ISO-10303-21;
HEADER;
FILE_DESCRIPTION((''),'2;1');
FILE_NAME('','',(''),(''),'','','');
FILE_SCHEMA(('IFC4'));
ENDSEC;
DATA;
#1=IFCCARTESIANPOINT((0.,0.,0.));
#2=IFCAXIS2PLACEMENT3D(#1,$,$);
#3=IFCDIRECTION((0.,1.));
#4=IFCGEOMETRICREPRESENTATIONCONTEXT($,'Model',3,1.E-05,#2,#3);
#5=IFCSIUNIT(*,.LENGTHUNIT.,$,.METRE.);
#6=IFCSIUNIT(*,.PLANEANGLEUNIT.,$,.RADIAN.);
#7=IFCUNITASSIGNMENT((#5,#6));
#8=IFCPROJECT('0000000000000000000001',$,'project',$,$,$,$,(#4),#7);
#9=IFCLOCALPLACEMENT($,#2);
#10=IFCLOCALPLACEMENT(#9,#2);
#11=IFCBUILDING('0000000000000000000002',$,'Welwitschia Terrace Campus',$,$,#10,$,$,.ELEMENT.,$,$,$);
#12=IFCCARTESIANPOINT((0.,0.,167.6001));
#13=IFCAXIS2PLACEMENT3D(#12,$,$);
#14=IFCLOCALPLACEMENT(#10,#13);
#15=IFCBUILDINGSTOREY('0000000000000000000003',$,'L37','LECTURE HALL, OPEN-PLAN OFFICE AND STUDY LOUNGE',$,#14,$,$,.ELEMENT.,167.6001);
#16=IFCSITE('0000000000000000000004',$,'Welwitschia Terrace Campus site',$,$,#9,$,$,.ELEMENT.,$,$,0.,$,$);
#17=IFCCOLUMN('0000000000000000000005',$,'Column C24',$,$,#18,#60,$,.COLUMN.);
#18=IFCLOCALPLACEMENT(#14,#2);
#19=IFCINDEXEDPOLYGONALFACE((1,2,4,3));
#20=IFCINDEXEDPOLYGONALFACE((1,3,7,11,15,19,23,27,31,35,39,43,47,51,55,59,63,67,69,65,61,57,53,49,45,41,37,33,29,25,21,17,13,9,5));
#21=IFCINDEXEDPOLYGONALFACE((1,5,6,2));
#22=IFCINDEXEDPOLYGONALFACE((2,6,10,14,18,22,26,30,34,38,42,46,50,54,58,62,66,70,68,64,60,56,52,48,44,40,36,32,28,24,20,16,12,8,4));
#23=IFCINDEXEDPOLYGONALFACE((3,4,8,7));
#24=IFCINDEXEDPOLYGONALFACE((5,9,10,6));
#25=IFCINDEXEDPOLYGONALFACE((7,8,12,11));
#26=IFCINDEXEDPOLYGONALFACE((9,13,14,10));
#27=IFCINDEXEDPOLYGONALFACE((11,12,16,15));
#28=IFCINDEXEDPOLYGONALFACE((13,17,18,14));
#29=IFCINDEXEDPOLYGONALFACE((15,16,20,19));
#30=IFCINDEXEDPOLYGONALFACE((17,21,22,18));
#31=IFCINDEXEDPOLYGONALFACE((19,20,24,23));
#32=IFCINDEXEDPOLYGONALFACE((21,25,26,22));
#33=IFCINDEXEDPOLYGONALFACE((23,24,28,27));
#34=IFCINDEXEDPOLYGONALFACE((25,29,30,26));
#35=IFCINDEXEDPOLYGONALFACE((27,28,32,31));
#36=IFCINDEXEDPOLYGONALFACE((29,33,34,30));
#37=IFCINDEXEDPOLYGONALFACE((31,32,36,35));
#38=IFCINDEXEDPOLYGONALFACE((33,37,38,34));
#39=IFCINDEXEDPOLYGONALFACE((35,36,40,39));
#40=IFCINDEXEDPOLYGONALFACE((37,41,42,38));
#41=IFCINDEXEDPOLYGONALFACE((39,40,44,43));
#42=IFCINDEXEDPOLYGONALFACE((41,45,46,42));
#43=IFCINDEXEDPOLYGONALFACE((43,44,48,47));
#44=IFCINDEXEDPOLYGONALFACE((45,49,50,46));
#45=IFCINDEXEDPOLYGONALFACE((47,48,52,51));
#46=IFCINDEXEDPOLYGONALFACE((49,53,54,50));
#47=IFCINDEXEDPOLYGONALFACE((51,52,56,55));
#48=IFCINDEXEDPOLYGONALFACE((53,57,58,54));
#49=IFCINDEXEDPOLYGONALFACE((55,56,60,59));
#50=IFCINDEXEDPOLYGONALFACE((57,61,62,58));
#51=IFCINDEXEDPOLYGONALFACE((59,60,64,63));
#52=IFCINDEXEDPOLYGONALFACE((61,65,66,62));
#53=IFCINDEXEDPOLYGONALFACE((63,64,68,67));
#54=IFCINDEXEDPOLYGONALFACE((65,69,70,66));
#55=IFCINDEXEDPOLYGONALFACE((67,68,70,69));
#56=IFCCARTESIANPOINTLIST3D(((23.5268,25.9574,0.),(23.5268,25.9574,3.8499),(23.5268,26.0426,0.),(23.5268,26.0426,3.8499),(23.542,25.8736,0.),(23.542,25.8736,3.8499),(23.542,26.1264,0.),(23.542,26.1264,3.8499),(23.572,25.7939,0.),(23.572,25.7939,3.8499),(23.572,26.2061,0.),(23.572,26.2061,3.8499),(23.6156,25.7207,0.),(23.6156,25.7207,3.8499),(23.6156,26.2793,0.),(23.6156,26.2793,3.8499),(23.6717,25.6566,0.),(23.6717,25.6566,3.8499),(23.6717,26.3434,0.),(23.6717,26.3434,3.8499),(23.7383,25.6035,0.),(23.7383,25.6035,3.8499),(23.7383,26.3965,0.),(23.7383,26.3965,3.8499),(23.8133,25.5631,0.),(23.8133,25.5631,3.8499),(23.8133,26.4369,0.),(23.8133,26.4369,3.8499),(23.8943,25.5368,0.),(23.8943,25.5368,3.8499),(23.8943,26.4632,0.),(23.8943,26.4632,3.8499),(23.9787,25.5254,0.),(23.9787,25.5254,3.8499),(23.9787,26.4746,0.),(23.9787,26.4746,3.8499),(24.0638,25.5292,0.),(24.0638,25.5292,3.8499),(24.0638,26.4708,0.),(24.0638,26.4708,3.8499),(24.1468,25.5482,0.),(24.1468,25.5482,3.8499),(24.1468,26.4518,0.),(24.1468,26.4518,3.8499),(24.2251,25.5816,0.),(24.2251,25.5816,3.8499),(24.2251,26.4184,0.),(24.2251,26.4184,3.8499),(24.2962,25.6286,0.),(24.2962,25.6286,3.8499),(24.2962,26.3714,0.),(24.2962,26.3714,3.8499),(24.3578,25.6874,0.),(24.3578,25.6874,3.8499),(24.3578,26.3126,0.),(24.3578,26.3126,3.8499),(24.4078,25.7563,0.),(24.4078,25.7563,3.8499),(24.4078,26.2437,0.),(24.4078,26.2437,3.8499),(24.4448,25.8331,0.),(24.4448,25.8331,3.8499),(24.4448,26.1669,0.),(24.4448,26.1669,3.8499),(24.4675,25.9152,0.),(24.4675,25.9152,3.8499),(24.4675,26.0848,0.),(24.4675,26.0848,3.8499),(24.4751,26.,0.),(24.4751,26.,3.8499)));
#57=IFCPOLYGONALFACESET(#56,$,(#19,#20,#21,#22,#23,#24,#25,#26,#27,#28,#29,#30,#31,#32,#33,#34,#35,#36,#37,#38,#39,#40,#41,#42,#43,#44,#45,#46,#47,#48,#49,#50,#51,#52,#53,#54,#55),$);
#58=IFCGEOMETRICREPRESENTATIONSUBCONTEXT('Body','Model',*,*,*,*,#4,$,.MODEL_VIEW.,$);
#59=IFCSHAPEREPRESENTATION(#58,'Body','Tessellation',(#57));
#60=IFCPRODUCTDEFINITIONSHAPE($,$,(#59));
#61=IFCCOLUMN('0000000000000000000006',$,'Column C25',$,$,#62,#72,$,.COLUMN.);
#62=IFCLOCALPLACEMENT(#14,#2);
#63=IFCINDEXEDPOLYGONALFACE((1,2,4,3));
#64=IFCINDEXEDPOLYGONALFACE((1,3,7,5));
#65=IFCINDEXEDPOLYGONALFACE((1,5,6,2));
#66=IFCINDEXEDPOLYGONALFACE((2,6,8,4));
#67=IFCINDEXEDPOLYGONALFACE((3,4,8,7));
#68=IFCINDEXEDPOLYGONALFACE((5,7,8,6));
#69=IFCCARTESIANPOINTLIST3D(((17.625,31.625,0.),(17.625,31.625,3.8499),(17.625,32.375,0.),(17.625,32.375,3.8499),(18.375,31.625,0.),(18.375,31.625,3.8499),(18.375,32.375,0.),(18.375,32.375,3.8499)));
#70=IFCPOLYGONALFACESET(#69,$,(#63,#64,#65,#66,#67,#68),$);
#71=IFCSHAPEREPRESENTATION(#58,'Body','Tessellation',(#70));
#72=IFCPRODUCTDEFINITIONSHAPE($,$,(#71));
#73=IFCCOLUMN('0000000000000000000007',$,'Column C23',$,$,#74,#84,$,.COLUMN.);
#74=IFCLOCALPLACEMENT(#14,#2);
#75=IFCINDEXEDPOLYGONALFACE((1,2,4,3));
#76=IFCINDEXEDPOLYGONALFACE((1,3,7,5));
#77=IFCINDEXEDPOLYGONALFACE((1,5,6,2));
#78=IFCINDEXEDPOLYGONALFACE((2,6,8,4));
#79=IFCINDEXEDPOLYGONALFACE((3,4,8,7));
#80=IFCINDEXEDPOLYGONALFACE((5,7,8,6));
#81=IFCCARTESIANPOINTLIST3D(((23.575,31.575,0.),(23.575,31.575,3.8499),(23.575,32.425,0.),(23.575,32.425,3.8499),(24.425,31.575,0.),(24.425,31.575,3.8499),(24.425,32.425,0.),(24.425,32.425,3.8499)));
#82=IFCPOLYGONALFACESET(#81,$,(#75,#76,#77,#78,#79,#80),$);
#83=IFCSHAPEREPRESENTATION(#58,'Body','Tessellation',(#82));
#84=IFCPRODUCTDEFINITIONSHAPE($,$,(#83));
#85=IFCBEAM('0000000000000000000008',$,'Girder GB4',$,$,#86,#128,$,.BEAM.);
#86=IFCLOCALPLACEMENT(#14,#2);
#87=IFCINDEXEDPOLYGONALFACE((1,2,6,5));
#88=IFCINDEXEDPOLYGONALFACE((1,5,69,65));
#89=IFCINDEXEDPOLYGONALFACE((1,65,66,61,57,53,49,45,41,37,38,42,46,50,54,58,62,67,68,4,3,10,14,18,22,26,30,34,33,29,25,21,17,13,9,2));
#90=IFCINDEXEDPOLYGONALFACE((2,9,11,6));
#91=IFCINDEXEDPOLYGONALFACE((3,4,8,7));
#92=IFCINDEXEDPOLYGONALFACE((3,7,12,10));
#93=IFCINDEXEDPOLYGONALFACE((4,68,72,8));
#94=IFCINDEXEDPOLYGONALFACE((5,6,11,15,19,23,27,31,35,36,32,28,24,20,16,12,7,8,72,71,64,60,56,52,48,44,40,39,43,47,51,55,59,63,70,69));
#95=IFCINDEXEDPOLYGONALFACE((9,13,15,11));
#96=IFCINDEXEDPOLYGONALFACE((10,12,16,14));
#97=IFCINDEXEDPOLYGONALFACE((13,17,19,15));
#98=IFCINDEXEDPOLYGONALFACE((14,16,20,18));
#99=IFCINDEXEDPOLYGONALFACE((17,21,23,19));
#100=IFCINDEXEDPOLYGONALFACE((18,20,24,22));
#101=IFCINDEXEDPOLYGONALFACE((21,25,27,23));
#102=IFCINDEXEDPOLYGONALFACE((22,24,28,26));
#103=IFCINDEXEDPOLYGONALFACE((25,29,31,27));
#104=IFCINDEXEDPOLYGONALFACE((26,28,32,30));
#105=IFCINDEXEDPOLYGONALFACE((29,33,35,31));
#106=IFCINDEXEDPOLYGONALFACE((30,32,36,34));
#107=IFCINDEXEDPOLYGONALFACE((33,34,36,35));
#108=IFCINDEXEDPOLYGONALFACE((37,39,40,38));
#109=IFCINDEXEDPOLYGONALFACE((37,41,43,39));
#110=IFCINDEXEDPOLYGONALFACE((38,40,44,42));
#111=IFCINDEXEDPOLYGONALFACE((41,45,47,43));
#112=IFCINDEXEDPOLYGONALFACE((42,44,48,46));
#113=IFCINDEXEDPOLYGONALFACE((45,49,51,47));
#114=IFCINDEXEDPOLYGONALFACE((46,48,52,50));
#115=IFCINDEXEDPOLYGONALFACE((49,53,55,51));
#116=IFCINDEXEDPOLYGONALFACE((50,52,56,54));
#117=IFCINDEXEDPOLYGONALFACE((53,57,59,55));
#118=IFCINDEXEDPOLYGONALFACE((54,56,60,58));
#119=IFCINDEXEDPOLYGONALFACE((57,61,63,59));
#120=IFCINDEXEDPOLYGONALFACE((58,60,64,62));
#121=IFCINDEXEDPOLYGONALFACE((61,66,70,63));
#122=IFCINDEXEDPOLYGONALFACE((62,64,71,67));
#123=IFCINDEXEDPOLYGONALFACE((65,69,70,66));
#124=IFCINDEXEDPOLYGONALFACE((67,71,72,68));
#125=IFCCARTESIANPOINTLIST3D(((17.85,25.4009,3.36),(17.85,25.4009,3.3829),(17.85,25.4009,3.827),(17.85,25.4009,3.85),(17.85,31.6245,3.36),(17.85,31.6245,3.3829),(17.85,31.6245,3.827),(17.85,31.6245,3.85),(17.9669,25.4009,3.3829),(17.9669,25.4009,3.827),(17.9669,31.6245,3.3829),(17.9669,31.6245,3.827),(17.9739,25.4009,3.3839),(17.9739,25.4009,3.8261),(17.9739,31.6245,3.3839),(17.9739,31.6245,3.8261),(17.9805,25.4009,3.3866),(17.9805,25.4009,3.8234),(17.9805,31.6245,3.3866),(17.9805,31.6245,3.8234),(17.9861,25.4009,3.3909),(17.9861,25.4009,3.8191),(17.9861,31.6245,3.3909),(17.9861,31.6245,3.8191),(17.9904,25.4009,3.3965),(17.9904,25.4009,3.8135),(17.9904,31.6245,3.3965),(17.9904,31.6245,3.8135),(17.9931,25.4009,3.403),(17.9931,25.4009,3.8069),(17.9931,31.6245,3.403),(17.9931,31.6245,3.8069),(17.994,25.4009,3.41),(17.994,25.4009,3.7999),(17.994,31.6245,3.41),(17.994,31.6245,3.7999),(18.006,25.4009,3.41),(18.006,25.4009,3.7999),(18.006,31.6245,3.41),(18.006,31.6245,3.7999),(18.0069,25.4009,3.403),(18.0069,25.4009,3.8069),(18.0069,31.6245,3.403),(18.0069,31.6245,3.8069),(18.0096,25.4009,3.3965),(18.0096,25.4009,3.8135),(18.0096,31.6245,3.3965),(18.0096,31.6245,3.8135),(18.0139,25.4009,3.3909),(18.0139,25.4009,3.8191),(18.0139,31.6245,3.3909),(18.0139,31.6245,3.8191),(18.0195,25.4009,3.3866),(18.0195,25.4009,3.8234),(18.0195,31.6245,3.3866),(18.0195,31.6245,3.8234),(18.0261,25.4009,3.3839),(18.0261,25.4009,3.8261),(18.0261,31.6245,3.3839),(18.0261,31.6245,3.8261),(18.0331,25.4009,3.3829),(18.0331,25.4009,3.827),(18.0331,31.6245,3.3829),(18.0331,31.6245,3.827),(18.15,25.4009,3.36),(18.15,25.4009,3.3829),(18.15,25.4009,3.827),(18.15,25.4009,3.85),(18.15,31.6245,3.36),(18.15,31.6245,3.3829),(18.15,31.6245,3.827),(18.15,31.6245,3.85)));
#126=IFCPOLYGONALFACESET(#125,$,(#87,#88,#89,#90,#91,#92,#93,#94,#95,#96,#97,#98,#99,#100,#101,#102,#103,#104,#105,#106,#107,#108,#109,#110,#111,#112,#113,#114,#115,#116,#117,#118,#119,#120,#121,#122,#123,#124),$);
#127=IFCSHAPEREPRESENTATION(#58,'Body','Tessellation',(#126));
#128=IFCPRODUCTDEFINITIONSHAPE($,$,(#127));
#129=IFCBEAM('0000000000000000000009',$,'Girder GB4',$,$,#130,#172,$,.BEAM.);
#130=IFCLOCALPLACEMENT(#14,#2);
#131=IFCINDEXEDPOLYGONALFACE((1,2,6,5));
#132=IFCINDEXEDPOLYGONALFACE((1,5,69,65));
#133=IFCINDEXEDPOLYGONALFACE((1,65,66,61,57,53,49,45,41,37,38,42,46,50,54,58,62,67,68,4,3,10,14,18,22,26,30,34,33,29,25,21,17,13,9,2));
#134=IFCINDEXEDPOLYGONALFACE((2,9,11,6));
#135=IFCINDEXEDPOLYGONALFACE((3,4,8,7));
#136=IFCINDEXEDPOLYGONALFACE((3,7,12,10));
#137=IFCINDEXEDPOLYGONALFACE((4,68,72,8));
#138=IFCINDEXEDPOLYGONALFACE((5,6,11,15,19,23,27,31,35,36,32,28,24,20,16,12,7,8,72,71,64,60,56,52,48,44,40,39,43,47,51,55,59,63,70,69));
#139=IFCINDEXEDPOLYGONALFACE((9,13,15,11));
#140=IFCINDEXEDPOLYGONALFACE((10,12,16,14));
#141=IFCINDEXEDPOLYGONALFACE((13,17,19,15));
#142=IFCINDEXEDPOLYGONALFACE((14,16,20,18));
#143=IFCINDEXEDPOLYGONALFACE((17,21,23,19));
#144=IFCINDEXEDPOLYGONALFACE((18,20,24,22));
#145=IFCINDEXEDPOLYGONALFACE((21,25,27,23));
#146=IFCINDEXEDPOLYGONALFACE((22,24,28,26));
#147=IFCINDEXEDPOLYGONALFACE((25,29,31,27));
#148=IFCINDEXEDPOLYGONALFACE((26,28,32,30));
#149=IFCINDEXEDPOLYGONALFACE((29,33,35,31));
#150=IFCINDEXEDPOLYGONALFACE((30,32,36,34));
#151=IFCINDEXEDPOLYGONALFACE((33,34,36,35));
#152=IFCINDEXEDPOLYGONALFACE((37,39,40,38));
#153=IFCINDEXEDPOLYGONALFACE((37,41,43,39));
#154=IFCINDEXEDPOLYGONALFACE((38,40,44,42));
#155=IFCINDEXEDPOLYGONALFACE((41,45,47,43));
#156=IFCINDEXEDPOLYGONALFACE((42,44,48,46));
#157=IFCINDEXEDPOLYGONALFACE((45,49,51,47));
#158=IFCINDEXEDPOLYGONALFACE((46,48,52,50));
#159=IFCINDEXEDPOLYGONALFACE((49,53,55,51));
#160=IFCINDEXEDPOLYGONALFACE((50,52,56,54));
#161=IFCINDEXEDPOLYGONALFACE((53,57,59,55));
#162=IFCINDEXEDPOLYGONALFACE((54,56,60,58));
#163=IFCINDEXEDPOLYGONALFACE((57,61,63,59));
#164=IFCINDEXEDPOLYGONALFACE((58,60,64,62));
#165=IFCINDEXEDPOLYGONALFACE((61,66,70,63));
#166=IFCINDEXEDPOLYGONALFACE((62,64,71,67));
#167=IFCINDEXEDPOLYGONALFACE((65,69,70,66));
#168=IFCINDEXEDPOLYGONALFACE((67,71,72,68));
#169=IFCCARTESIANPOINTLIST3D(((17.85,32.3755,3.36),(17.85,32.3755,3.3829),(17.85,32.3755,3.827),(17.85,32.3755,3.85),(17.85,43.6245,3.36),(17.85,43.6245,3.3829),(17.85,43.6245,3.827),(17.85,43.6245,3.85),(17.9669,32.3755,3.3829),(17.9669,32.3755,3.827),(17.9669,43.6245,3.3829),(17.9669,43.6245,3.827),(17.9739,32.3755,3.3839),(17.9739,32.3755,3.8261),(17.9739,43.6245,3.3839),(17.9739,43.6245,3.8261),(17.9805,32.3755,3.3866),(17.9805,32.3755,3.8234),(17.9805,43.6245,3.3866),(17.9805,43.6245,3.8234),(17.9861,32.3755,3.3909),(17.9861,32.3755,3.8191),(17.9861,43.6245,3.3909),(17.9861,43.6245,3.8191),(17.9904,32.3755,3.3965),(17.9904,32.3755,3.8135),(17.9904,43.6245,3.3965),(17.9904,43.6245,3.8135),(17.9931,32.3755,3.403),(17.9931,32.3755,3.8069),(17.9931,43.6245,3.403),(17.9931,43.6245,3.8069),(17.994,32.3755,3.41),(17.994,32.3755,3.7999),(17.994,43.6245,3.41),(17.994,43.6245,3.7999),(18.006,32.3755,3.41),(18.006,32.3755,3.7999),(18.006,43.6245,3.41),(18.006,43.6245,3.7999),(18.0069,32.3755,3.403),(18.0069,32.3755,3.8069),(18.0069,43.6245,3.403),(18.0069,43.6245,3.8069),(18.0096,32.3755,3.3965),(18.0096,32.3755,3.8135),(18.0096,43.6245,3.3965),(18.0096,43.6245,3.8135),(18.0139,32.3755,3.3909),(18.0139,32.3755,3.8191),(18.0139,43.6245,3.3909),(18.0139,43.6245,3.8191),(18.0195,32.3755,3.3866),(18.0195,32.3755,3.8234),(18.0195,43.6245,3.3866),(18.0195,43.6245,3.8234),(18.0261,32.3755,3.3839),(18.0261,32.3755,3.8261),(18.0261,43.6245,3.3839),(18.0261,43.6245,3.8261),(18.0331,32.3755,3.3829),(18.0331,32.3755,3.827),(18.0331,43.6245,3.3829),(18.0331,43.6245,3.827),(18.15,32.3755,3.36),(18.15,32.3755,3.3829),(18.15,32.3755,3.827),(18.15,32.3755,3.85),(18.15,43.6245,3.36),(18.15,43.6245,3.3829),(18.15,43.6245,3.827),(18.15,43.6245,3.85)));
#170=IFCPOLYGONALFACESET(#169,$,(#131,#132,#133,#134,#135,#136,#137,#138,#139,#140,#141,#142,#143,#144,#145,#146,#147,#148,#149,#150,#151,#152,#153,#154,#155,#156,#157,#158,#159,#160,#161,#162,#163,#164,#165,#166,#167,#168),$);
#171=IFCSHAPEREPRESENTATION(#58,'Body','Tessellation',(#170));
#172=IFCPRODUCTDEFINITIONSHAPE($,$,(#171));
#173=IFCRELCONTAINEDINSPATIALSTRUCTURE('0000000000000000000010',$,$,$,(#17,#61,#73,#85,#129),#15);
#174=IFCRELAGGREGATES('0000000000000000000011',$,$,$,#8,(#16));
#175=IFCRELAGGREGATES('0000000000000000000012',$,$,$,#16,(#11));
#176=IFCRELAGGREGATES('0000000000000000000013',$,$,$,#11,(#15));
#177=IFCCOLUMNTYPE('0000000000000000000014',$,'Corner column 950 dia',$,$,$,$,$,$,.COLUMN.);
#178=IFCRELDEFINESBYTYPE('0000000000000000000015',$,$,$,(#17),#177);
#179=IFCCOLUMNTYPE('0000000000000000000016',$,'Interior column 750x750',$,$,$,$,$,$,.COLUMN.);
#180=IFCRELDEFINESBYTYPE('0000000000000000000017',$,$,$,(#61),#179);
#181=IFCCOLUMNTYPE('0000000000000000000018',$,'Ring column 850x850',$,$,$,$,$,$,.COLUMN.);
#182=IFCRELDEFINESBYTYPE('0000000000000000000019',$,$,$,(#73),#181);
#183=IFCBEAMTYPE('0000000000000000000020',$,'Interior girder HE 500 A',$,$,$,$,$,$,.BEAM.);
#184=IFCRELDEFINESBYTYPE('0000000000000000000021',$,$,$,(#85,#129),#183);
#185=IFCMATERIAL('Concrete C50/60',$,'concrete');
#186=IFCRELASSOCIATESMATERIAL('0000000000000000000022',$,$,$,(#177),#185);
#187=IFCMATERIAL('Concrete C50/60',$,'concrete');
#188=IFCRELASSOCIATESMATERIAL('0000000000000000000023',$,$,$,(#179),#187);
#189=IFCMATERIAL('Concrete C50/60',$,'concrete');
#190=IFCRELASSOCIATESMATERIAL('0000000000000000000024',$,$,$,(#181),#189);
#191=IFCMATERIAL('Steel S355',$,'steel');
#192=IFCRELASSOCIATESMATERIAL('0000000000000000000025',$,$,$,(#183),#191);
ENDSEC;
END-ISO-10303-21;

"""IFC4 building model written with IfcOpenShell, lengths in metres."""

from ifc_helpers import new_model, si_unit, direction, frame, origin, origin_2d, place, context, subcontext, project, spatial, rectangle, circle, i_section, extrude, material, material_profile, profile_set, type_object, element, save


model = new_model("IFC4")

# Units and contexts
model_context = context("Model", 3, precision=1e-05, world=origin(), true_north=direction((0.0, 1.0)))
body_context = subcontext(model_context, "Body", "Model", "MODEL_VIEW")
ifc_project = project(units=[si_unit("LENGTHUNIT", "METRE"), si_unit("PLANEANGLEUNIT", "RADIAN")], contexts=[model_context])

# Site, building, storey
site_placement = place(None, origin())
site = spatial("IfcSite", under=ifc_project, at=site_placement, Name="Welwitschia Terrace Campus site", CompositionType="ELEMENT", RefElevation=0.0)
building_placement = place(site_placement, origin())
building = spatial("IfcBuilding", under=site, at=building_placement, Name="Welwitschia Terrace Campus", CompositionType="ELEMENT")
storey_placement = place(building_placement, frame((0.0, 0.0, 167.6001)))
storey = spatial("IfcBuildingStorey", under=building, at=storey_placement, Name="L37", Description="LECTURE HALL, OPEN-PLAN OFFICE AND STUDY LOUNGE", CompositionType="ELEMENT", Elevation=167.6001)

# Columns
ifc_material_1 = material(Name="Concrete C50/60", Category="concrete")
ifc_material_profile_1 = material_profile(ifc_material_1, circle(Radius=0.4751, at=origin_2d()))
ifc_profile_set_1 = profile_set([ifc_material_profile_1], Name="Concrete C50/60")
column_type_1 = type_object("IfcColumnType", Name="Corner column 950 dia", PredefinedType="COLUMN", material=ifc_profile_set_1)
column_1_placement = place(storey_placement, frame((24.0, 26.0, 0.0), z_axis=(0.0, 0.0, 1.0), x_axis=(1.0, 0.0, 0.0)))
element("IfcColumn", 1, at=column_1_placement, inside=storey, type_object=column_type_1, Name="Column C24", PredefinedType="COLUMN", context=body_context, shape_type="SweptSolid", body=[
    extrude(circle(Radius=0.4751, at=origin_2d()), origin(), (0.0, 0.0, 1.0), 3.8499),
])
ifc_material_2 = material(Name="Concrete C50/60", Category="concrete")
ifc_material_profile_2 = material_profile(ifc_material_2, rectangle(XDim=0.75, YDim=0.75, at=origin_2d()))
ifc_profile_set_2 = profile_set([ifc_material_profile_2], Name="Concrete C50/60")
column_type_2 = type_object("IfcColumnType", Name="Interior column 750x750", PredefinedType="COLUMN", material=ifc_profile_set_2)
column_2_placement = place(storey_placement, frame((18.0, 32.0, 0.0), z_axis=(0.0, 0.0, 1.0), x_axis=(1.0, 0.0, 0.0)))
element("IfcColumn", 2, at=column_2_placement, inside=storey, type_object=column_type_2, Name="Column C25", PredefinedType="COLUMN", context=body_context, shape_type="SweptSolid", body=[
    extrude(rectangle(XDim=0.75, YDim=0.75, at=origin_2d()), origin(), (0.0, 0.0, 1.0), 3.8499),
])
ifc_material_3 = material(Name="Concrete C50/60", Category="concrete")
ifc_material_profile_3 = material_profile(ifc_material_3, rectangle(XDim=0.8501, YDim=0.8501, at=origin_2d()))
ifc_profile_set_3 = profile_set([ifc_material_profile_3], Name="Concrete C50/60")
column_type_3 = type_object("IfcColumnType", Name="Ring column 850x850", PredefinedType="COLUMN", material=ifc_profile_set_3)
column_3_placement = place(storey_placement, frame((24.0, 32.0, 0.0), z_axis=(0.0, 0.0, 1.0), x_axis=(1.0, 0.0, 0.0)))
element("IfcColumn", 3, at=column_3_placement, inside=storey, type_object=column_type_3, Name="Column C23", PredefinedType="COLUMN", context=body_context, shape_type="SweptSolid", body=[
    extrude(rectangle(XDim=0.8501, YDim=0.8501, at=origin_2d()), origin(), (0.0, 0.0, 1.0), 3.8499),
])

# Beams
ifc_material_4 = material(Name="Steel S355", Category="steel")
ifc_material_profile_4 = material_profile(ifc_material_4, i_section(OverallWidth=0.3, OverallDepth=0.49, WebThickness=0.012, FlangeThickness=0.0229, FilletRadius=0.0271, at=origin_2d()))
ifc_profile_set_4 = profile_set([ifc_material_profile_4], Name="Steel S355")
beam_type_1 = type_object("IfcBeamType", Name="Interior girder HE 500 A", PredefinedType="BEAM", material=ifc_profile_set_4)
beam_1_placement = place(storey_placement, frame((18.0, 25.4009, 3.605), z_axis=(0.0, 1.0, 0.0), x_axis=(-1.0, 0.0, 0.0)))
element("IfcBeam", 4, at=beam_1_placement, inside=storey, type_object=beam_type_1, Name="Girder GB4", PredefinedType="BEAM", context=body_context, shape_type="SweptSolid", body=[
    extrude(i_section(OverallWidth=0.3, OverallDepth=0.49, WebThickness=0.012, FlangeThickness=0.0229, FilletRadius=0.0271, at=origin_2d()), origin(), (0.0, 0.0, 1.0), 6.2236),
])
beam_2_placement = place(storey_placement, frame((18.0, 32.3755, 3.605), z_axis=(0.0, 1.0, 0.0), x_axis=(-1.0, 0.0, 0.0)))
element("IfcBeam", 5, at=beam_2_placement, inside=storey, type_object=beam_type_1, Name="Girder GB4", PredefinedType="BEAM", context=body_context, shape_type="SweptSolid", body=[
    extrude(i_section(OverallWidth=0.3, OverallDepth=0.49, WebThickness=0.012, FlangeThickness=0.0229, FilletRadius=0.0271, at=origin_2d()), origin(), (0.0, 0.0, 1.0), 11.249),
])

save(model, "model.ifc")
